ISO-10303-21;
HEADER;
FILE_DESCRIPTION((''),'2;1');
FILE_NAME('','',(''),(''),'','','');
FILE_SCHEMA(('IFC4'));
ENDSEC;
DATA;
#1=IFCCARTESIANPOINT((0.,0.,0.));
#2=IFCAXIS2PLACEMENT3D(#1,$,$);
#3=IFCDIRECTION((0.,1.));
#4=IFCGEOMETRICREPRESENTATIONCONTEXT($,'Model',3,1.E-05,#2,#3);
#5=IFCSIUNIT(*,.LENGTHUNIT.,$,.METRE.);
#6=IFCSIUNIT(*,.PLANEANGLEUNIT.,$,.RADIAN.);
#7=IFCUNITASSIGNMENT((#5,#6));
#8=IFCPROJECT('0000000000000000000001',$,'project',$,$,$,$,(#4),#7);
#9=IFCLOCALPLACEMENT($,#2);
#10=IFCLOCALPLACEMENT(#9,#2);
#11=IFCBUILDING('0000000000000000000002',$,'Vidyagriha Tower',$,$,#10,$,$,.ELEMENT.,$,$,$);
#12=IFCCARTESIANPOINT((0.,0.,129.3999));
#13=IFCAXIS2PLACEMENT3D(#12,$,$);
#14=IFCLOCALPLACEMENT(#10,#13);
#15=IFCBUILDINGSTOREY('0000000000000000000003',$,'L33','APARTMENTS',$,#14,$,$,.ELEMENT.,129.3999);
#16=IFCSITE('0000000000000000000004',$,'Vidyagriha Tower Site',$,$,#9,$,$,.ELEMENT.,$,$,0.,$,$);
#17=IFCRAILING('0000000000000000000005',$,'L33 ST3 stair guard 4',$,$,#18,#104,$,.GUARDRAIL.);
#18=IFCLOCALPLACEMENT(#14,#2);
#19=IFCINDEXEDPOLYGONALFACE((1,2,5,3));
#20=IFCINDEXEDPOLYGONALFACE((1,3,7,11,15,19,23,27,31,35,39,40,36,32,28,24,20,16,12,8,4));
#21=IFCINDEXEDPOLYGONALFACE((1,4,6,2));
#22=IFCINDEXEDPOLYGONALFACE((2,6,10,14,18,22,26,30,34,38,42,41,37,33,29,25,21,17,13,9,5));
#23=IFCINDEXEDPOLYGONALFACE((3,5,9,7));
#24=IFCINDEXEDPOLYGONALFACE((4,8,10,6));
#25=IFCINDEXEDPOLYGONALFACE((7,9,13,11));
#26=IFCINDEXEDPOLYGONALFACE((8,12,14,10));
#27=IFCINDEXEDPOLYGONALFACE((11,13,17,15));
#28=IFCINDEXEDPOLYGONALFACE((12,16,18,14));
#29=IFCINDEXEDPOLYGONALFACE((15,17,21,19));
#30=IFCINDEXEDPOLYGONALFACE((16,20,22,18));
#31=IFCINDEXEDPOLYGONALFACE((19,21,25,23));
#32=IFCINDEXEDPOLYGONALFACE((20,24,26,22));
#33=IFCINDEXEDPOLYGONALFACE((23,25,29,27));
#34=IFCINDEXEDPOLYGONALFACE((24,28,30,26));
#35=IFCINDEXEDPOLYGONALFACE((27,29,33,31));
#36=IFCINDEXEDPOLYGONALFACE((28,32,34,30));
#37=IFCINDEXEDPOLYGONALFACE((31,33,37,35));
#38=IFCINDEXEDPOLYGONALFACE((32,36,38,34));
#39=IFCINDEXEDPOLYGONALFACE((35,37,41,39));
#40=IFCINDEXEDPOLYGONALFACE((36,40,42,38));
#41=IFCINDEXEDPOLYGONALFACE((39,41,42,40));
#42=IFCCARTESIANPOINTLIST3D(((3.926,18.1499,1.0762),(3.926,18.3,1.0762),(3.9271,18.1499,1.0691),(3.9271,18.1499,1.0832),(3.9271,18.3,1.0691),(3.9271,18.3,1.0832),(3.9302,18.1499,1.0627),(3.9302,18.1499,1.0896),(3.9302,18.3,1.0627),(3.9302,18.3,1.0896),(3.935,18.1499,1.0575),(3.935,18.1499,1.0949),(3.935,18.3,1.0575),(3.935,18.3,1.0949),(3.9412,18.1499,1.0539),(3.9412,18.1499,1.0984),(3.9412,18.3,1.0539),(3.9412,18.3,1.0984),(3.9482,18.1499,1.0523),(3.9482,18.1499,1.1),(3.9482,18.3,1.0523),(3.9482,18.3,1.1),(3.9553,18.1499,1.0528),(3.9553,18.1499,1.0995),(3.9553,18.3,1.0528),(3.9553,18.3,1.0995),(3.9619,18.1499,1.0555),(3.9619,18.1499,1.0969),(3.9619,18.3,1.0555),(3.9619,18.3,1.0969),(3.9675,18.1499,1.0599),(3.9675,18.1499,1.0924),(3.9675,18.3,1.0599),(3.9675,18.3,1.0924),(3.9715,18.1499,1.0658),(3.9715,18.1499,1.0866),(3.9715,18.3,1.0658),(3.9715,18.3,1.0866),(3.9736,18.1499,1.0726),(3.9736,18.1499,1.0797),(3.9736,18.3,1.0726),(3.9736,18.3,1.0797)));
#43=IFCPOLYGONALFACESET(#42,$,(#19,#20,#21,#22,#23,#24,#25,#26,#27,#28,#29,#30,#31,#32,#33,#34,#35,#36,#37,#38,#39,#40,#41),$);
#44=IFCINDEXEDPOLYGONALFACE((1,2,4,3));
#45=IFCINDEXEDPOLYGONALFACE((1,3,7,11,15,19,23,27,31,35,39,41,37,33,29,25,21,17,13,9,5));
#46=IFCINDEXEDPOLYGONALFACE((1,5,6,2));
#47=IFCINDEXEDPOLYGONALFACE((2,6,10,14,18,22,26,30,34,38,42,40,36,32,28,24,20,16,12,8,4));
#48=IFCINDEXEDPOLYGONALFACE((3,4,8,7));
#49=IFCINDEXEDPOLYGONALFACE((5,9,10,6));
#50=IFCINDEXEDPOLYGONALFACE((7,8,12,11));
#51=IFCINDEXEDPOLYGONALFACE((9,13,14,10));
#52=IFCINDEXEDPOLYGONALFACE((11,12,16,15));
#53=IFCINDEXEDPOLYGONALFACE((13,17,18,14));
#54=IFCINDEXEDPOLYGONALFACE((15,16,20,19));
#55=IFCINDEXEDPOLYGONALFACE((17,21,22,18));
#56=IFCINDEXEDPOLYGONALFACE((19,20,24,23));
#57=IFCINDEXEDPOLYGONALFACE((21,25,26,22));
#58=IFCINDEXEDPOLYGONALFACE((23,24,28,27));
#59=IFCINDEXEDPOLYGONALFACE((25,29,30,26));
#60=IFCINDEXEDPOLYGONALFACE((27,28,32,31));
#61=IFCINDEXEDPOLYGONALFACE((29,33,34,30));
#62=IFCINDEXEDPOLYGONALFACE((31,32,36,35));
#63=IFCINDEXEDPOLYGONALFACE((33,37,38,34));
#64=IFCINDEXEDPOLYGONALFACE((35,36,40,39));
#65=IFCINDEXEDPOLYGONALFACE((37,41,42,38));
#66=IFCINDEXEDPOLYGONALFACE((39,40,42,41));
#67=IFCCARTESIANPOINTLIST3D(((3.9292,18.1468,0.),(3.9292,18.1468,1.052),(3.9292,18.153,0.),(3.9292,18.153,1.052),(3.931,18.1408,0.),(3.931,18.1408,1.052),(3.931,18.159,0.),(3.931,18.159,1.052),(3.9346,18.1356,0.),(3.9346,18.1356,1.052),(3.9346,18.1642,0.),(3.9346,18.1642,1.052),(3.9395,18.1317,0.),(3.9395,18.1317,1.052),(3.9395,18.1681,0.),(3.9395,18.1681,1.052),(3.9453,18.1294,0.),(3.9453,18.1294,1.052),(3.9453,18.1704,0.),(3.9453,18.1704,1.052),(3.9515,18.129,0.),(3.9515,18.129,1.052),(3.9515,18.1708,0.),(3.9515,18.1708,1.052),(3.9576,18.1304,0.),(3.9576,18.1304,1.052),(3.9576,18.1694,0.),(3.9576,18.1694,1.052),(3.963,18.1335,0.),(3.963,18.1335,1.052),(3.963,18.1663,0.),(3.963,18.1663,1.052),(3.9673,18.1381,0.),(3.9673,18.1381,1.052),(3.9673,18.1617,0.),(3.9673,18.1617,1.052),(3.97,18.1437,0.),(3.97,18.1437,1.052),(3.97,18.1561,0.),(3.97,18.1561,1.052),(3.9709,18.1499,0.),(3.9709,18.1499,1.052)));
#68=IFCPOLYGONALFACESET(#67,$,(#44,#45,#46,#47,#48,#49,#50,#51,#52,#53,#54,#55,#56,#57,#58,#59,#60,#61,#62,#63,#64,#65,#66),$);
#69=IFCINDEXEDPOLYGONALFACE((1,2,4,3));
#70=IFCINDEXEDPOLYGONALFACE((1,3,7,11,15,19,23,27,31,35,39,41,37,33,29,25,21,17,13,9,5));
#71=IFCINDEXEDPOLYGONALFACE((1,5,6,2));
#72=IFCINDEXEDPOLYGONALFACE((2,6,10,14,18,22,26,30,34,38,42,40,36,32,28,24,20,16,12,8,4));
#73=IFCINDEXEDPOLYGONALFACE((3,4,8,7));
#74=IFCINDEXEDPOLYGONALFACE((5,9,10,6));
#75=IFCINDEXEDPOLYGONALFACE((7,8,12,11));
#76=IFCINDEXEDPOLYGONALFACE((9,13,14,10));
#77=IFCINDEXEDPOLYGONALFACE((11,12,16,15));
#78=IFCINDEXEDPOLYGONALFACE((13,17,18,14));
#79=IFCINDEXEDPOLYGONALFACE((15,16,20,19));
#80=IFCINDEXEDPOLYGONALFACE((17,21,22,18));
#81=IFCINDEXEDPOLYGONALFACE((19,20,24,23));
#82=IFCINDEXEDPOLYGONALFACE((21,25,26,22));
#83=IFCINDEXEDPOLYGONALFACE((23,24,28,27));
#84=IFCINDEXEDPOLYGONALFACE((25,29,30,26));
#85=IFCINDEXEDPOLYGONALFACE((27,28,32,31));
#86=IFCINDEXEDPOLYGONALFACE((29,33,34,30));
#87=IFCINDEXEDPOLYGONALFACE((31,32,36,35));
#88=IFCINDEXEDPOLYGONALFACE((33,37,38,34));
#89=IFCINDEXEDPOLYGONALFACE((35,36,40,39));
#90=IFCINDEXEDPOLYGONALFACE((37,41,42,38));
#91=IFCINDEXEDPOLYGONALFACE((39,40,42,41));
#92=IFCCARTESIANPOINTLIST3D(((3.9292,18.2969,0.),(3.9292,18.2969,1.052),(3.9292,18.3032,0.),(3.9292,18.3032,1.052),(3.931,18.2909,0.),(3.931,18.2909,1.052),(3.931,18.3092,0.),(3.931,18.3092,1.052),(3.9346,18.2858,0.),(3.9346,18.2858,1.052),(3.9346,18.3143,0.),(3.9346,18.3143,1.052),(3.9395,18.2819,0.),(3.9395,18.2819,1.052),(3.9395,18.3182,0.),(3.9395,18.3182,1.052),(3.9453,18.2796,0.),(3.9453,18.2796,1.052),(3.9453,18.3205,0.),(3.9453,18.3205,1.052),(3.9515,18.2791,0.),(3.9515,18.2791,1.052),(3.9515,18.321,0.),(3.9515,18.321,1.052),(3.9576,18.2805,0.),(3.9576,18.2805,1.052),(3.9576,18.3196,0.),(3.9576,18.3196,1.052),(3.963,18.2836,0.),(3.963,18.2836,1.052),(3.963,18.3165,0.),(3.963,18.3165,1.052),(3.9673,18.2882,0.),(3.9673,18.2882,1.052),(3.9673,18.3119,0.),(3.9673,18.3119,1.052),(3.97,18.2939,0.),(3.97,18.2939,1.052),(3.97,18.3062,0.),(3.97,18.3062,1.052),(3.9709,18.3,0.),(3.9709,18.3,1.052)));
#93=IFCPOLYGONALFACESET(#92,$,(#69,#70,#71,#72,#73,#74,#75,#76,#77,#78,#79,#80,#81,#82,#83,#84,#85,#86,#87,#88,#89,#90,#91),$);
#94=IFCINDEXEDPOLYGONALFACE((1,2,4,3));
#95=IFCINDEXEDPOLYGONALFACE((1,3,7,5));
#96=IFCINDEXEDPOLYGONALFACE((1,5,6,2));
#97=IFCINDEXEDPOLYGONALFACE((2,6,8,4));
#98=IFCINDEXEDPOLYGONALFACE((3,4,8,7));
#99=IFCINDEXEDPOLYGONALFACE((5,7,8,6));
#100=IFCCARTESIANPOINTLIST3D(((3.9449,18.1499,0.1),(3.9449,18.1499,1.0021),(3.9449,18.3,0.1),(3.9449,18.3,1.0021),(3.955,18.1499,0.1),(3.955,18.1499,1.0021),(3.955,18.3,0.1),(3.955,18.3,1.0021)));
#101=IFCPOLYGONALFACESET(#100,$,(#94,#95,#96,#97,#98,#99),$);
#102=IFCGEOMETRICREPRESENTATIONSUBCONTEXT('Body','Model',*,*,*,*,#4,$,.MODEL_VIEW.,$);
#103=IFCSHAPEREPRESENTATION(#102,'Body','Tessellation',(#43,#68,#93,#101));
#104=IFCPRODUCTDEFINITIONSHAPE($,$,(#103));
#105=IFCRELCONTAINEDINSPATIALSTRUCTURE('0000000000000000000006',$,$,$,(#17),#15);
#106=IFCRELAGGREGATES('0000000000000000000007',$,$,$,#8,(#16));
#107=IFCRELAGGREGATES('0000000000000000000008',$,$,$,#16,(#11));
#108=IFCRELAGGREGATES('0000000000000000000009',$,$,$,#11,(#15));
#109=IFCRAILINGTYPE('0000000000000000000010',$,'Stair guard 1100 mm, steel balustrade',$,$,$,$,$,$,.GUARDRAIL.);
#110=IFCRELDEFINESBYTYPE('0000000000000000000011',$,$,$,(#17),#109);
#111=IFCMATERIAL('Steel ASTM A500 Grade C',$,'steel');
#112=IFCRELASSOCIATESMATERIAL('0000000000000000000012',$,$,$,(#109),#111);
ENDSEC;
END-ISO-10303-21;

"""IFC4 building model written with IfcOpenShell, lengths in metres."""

from ifc_helpers import new_model, si_unit, direction, frame, origin, origin_2d, place, context, subcontext, project, spatial, rectangle, circle, extrude, material, type_object, element, save


model = new_model("IFC4")

# Units and contexts
model_context = context("Model", 3, precision=1e-05, world=origin(), true_north=direction((0.0, 1.0)))
body_context = subcontext(model_context, "Body", "Model", "MODEL_VIEW")
ifc_project = project(units=[si_unit("LENGTHUNIT", "METRE"), si_unit("PLANEANGLEUNIT", "RADIAN")], contexts=[model_context])

# Site, building, storey
site_placement = place(None, origin())
site = spatial("IfcSite", under=ifc_project, at=site_placement, Name="Vidyagriha Tower Site", CompositionType="ELEMENT", RefElevation=0.0)
building_placement = place(site_placement, origin())
building = spatial("IfcBuilding", under=site, at=building_placement, Name="Vidyagriha Tower", CompositionType="ELEMENT")
storey_placement = place(building_placement, frame((0.0, 0.0, 129.3999)))
storey = spatial("IfcBuildingStorey", under=building, at=storey_placement, Name="L33", Description="APARTMENTS", CompositionType="ELEMENT", Elevation=129.3999)

# Railing
ifc_material_1 = material(Name="Steel ASTM A500 Grade C", Category="steel")
railing_type_1 = type_object("IfcRailingType", Name="Stair guard 1100 mm, steel balustrade", PredefinedType="GUARDRAIL", material=ifc_material_1)
railing_1_placement = place(storey_placement, frame((3.95, 18.1499, 0.0)))
element("IfcRailing", 1, at=railing_1_placement, inside=storey, type_object=railing_type_1, Name="L33 ST3 stair guard 4", PredefinedType="GUARDRAIL", context=body_context, shape_type="SweptSolid", body=[
    extrude(circle(Radius=0.0239, at=origin_2d()), frame((0.0, 0.0, 1.0762), z_axis=(0.0, 1.0, 0.0), x_axis=(-1.0, 0.0, 0.0)), (0.0, 0.0, 1.0), 0.1501),
    extrude(circle(Radius=0.021, at=origin_2d()), origin(), (0.0, 0.0, 1.0), 1.052),
    extrude(circle(Radius=0.021, at=origin_2d()), frame((0.0, 0.1501, 0.0)), (0.0, 0.0, 1.0), 1.052),
    extrude(rectangle(XDim=0.01, YDim=0.9021, at=origin_2d()), frame((0.0, 0.0, 0.551), z_axis=(0.0, 1.0, 0.0), x_axis=(-1.0, 0.0, 0.0)), (0.0, 0.0, 1.0), 0.1501),
])

save(model, "model.ifc")
